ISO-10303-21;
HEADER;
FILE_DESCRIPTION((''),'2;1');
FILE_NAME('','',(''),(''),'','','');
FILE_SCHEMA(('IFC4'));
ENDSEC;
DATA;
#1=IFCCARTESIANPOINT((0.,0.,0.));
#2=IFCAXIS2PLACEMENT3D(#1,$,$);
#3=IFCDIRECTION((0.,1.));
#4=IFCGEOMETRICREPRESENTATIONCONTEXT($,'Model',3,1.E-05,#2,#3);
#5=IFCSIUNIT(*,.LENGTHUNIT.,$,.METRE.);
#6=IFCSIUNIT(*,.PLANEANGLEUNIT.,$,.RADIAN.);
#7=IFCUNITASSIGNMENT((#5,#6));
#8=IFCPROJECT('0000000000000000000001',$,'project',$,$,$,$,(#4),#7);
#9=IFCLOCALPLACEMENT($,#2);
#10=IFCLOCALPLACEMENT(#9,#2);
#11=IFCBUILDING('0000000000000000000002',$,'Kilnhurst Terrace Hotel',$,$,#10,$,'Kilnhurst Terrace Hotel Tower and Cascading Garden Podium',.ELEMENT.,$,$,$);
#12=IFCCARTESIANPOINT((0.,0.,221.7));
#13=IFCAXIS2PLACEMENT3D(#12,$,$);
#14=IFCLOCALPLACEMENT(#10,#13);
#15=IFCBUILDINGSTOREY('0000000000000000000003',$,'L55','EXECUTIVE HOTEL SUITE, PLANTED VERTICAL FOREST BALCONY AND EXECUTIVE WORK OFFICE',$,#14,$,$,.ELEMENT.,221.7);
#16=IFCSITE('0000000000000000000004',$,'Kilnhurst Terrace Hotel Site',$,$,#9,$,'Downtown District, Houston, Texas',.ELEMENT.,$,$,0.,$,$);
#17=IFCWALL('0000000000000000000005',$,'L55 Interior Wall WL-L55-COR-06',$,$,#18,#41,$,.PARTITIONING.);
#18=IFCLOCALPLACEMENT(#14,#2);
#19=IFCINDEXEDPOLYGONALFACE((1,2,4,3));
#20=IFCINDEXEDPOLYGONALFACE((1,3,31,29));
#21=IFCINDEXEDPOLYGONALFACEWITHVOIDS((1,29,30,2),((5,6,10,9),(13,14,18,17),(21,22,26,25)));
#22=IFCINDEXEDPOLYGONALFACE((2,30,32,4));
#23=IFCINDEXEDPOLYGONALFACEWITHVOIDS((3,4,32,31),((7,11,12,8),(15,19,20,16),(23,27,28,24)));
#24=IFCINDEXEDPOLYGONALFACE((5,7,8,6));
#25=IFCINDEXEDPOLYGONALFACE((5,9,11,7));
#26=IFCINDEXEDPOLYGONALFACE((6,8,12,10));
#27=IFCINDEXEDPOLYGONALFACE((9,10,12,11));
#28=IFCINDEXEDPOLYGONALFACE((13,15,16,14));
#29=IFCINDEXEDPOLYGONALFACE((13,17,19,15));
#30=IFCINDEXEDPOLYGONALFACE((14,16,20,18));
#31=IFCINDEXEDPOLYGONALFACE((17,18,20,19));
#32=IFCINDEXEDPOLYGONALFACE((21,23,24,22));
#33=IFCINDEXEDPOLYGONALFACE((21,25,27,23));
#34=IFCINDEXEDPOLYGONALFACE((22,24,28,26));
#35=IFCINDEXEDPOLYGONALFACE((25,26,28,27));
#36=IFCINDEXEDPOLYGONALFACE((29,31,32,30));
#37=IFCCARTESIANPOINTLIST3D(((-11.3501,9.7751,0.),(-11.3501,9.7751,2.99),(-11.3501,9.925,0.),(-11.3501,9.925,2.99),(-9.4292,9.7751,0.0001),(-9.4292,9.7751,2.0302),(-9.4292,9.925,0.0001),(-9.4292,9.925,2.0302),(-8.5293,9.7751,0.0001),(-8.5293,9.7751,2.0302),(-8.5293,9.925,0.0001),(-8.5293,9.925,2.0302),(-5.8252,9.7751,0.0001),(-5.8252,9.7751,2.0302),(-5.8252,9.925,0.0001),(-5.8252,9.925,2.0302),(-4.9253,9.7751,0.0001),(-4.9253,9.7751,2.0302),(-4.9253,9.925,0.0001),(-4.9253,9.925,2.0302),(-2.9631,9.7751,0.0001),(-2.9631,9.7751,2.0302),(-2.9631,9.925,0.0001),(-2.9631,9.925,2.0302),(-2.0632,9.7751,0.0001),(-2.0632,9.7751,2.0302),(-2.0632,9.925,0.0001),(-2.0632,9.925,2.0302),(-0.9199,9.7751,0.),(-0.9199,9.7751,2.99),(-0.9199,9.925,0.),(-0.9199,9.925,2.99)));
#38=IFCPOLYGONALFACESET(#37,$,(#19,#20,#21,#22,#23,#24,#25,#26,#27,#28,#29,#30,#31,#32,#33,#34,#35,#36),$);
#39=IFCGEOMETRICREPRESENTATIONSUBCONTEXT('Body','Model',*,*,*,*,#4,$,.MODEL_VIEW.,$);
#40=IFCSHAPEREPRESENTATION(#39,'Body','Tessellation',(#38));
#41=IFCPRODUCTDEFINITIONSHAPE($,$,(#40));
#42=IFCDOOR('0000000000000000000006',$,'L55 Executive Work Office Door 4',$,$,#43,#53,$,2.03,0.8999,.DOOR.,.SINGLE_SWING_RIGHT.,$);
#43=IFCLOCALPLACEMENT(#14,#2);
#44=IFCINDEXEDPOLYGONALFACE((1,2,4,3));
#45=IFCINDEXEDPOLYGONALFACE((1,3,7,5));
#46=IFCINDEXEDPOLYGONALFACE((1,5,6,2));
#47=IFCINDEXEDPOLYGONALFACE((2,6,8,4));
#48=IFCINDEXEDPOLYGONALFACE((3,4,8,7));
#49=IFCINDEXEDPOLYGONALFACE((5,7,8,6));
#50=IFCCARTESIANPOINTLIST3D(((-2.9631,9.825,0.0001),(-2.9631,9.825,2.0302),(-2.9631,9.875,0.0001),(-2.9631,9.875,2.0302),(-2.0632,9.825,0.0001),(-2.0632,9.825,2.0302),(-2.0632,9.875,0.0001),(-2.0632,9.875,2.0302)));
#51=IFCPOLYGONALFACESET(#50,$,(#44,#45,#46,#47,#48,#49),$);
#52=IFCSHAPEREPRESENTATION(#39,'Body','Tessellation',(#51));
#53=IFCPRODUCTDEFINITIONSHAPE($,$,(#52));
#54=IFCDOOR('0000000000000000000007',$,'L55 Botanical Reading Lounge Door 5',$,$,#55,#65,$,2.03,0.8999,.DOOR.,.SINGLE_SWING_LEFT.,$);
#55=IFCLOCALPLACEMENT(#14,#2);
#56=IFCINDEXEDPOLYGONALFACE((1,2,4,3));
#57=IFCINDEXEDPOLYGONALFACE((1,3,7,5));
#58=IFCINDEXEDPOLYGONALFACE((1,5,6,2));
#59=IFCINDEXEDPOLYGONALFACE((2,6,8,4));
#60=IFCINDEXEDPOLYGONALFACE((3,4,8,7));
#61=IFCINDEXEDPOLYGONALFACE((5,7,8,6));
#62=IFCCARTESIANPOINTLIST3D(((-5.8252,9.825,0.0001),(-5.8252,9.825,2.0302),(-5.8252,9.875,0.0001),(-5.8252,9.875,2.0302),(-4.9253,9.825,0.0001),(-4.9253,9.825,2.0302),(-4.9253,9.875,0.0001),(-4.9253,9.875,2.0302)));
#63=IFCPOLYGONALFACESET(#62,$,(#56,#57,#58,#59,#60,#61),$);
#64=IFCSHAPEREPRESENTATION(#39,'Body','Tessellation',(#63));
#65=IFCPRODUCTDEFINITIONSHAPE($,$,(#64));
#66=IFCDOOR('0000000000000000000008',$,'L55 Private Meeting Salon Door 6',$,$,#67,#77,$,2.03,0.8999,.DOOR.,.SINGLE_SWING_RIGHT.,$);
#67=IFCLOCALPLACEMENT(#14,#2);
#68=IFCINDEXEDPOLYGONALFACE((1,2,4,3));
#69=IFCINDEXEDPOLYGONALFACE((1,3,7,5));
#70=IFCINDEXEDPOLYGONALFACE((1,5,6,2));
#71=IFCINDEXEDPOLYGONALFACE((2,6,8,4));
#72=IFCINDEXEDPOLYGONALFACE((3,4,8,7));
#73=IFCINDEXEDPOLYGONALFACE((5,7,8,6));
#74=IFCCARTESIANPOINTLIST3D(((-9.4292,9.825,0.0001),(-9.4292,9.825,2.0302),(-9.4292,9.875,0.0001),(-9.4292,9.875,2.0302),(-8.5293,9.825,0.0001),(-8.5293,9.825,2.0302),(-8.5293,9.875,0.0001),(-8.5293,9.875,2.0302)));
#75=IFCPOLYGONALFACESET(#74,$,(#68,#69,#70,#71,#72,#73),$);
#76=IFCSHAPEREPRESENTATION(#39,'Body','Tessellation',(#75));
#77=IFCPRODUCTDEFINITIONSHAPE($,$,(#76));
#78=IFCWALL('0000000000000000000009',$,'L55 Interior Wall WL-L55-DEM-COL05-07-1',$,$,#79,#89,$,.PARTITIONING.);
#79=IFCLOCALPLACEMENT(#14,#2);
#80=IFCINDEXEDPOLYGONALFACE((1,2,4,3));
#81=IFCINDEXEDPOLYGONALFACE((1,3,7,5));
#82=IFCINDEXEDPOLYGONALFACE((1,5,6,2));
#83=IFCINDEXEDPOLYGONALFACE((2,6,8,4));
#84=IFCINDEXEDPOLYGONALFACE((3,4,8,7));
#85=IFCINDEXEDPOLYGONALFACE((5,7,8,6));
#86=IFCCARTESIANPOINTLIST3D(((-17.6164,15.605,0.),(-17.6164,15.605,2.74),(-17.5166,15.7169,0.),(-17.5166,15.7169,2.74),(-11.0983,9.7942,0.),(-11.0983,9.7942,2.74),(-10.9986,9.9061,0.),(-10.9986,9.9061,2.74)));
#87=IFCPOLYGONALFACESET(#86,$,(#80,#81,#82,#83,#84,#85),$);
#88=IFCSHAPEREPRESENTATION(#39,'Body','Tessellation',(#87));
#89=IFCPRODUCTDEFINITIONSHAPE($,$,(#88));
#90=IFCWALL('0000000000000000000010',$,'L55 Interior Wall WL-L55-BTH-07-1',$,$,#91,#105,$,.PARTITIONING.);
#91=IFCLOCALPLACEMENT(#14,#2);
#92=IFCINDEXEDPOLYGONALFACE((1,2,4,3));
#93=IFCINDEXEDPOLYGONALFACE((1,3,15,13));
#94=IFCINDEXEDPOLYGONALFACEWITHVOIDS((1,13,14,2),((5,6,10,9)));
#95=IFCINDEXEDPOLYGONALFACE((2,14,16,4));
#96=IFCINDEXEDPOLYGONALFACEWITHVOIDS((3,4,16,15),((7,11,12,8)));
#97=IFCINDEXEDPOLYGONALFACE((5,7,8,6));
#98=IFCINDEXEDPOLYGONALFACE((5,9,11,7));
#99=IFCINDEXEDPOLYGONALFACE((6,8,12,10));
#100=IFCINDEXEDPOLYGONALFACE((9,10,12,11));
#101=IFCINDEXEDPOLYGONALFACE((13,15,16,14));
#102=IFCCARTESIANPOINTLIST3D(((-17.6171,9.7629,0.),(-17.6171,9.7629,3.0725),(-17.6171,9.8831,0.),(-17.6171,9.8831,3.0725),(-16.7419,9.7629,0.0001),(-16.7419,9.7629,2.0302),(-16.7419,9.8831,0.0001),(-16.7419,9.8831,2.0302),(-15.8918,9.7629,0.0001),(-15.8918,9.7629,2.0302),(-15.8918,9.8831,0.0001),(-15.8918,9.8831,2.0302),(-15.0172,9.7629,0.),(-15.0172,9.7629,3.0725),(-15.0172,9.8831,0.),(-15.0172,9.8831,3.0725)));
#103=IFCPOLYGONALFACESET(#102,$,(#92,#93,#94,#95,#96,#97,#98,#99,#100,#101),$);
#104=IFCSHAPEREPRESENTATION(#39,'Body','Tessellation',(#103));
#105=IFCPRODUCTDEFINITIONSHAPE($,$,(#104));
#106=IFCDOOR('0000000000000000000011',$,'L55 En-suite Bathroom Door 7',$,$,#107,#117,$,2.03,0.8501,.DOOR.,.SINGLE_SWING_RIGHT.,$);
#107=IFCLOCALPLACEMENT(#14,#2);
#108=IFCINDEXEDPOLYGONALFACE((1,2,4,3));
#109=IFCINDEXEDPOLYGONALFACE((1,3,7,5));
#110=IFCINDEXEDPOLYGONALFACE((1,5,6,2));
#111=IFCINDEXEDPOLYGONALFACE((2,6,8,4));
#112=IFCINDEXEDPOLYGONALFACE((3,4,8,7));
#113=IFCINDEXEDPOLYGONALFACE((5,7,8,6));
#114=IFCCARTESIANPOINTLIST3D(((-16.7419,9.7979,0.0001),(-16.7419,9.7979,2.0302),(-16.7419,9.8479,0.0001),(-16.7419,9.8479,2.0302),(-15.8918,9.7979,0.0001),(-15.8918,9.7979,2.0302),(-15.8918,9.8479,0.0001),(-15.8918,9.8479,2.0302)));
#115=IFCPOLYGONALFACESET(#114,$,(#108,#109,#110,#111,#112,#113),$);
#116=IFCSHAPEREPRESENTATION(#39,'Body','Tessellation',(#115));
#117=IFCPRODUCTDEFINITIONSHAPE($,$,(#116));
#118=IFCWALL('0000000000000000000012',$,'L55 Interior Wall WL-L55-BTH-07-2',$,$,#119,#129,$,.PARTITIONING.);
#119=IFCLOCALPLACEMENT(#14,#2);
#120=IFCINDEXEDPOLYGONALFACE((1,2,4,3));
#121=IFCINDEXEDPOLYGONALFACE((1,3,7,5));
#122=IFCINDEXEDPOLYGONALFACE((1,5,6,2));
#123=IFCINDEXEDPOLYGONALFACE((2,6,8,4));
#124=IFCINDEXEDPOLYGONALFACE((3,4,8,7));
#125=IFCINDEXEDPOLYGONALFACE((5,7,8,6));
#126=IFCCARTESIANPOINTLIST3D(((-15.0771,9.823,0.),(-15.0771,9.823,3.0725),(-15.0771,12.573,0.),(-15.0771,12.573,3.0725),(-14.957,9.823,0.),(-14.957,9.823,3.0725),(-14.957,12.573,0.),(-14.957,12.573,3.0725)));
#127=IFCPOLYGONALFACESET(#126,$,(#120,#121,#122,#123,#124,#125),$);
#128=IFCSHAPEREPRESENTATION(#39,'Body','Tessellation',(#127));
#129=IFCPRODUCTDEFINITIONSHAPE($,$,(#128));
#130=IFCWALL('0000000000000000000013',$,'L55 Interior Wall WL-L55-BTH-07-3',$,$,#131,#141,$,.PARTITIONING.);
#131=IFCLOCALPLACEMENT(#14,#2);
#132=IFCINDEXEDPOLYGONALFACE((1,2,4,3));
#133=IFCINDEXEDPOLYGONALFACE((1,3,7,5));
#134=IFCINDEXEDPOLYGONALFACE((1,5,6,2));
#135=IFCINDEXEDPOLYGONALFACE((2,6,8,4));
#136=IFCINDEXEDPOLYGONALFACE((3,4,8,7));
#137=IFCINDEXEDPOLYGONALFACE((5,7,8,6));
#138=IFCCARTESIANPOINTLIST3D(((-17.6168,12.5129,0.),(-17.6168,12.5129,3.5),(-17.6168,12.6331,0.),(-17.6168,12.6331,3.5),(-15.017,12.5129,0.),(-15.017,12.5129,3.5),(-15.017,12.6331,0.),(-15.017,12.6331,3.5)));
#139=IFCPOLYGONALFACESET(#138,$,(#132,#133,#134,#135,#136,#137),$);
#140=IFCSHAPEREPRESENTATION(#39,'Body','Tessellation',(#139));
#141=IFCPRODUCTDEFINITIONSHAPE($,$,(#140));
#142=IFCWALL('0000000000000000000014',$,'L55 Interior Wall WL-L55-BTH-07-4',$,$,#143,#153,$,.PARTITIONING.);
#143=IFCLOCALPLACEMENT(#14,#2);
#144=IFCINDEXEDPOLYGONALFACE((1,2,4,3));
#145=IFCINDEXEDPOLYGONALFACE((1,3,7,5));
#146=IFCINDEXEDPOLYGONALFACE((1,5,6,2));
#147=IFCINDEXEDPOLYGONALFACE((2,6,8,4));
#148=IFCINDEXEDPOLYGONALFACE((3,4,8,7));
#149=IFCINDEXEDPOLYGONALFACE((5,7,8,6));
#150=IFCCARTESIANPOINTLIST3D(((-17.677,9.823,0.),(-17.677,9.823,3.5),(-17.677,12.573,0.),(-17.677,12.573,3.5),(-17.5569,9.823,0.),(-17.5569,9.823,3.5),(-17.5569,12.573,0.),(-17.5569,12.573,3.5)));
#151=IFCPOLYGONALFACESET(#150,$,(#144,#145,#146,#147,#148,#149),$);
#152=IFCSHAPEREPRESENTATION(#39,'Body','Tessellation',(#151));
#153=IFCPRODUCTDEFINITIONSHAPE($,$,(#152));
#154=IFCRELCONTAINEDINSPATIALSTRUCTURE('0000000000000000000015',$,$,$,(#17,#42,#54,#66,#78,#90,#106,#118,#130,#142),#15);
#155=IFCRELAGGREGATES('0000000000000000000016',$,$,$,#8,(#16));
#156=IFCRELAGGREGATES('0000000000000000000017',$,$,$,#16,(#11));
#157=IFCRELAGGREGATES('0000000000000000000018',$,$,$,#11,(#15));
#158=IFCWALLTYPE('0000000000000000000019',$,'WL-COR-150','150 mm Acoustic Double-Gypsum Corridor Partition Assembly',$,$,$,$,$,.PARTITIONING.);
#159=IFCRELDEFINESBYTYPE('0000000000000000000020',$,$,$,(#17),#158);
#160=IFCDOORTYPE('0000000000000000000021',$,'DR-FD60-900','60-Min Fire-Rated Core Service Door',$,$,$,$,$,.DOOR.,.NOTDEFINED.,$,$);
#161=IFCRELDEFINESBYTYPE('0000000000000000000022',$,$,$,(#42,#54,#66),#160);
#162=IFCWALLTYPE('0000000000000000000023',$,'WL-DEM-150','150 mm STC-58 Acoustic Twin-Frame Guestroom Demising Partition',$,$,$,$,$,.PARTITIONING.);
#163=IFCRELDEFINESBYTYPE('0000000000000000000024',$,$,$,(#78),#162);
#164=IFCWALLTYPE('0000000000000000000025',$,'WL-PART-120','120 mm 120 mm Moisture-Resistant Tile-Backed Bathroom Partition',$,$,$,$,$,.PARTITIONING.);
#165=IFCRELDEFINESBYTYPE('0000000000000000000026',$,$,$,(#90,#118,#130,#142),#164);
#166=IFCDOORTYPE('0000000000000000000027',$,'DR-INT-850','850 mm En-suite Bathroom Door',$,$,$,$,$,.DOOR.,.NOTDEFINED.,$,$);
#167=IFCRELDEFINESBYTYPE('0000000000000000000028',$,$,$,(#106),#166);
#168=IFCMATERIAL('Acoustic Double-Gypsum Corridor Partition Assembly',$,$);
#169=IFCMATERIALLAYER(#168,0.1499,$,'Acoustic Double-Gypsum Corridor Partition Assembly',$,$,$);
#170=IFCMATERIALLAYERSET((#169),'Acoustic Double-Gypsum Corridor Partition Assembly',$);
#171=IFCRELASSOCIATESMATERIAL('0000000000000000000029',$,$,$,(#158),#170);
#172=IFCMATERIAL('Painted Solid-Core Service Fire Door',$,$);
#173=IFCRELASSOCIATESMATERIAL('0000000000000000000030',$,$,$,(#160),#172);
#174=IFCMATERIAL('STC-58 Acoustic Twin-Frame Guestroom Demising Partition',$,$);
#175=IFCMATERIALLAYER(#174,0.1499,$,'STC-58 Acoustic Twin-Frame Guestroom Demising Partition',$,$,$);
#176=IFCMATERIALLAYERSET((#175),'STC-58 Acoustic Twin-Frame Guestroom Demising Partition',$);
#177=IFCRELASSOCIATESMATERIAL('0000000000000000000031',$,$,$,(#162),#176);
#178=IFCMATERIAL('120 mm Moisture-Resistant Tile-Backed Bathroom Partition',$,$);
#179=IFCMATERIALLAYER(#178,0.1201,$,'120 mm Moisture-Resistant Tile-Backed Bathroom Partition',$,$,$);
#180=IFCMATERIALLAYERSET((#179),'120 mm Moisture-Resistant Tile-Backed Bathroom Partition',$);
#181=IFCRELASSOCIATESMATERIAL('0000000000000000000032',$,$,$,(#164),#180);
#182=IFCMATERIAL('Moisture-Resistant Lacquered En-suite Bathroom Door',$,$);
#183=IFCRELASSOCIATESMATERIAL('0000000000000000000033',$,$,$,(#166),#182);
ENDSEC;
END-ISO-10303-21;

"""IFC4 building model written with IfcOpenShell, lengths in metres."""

from ifc_helpers import new_model, si_unit, direction, frame, frame_2d, origin, place, context, subcontext, project, spatial, rectangle, extrude, material, layer, layer_set, type_object, element, fill, save


model = new_model("IFC4")

# Units and contexts
model_context = context("Model", 3, precision=1e-05, world=origin(), true_north=direction((0.0, 1.0)))
body_context = subcontext(model_context, "Body", "Model", "MODEL_VIEW")
ifc_project = project(units=[si_unit("LENGTHUNIT", "METRE"), si_unit("PLANEANGLEUNIT", "RADIAN")], contexts=[model_context])

# Site, building, storey
site_placement = place(None, origin())
site = spatial("IfcSite", under=ifc_project, at=site_placement, Name="Kilnhurst Terrace Hotel Site", LongName="Downtown District, Houston, Texas", CompositionType="ELEMENT", RefElevation=0.0)
building_placement = place(site_placement, origin())
building = spatial("IfcBuilding", under=site, at=building_placement, Name="Kilnhurst Terrace Hotel", LongName="Kilnhurst Terrace Hotel Tower and Cascading Garden Podium", CompositionType="ELEMENT")
storey_placement = place(building_placement, frame((0.0, 0.0, 221.7)))
storey = spatial("IfcBuildingStorey", under=building, at=storey_placement, Name="L55", Description="EXECUTIVE HOTEL SUITE, PLANTED VERTICAL FOREST BALCONY AND EXECUTIVE WORK OFFICE", CompositionType="ELEMENT", Elevation=221.7)

# Wall, openings, doors
ifc_material_1 = material(Name="Acoustic Double-Gypsum Corridor Partition Assembly")
ifc_layer_1 = layer(ifc_material_1, 0.1499, Name="Acoustic Double-Gypsum Corridor Partition Assembly")
ifc_layer_set_1 = layer_set([ifc_layer_1], Name="Acoustic Double-Gypsum Corridor Partition Assembly")
wall_type_1 = type_object("IfcWallType", Name="WL-COR-150", Description="150 mm Acoustic Double-Gypsum Corridor Partition Assembly", PredefinedType="PARTITIONING", material=ifc_layer_set_1)
wall_1_placement = place(storey_placement, frame((-11.3501, 9.8501, 0.0), z_axis=(0.0, 0.0, 1.0), x_axis=(1.0, 0.0, 0.0)))
wall_1 = element("IfcWall", 1, at=wall_1_placement, inside=storey, type_object=wall_type_1, Name="L55 Interior Wall WL-L55-COR-06", PredefinedType="PARTITIONING", context=body_context, shape_type="SweptSolid", body=[
    extrude(rectangle(XDim=10.4302, YDim=0.1499, at=frame_2d((5.2151, 0.0))), origin(), (0.0, 0.0, 1.0), 2.99),
])
opening_1_placement = place(wall_1_placement, frame((8.387, 0.0, 0.0)))
opening_1 = element("IfcOpeningElement", 2, at=opening_1_placement, cuts=wall_1, PredefinedType="OPENING", context=body_context, shape_type="SweptSolid", body=[
    extrude(rectangle(XDim=0.8999, YDim=2.03, at=frame_2d((0.45, 1.0151))), frame((0.0, 0.085, 0.0), z_axis=(0.0, -1.0, 0.0), x_axis=(1.0, 0.0, 0.0)), (0.0, 0.0, 1.0), 0.1699),
])
opening_2_placement = place(wall_1_placement, frame((5.5249, 0.0, 0.0)))
opening_2 = element("IfcOpeningElement", 3, at=opening_2_placement, cuts=wall_1, PredefinedType="OPENING", context=body_context, shape_type="SweptSolid", body=[
    extrude(rectangle(XDim=0.8999, YDim=2.03, at=frame_2d((0.45, 1.0151))), frame((0.0, 0.085, 0.0), z_axis=(0.0, -1.0, 0.0), x_axis=(1.0, 0.0, 0.0)), (0.0, 0.0, 1.0), 0.1699),
])
opening_3_placement = place(wall_1_placement, frame((1.9209, 0.0, 0.0)))
opening_3 = element("IfcOpeningElement", 4, at=opening_3_placement, cuts=wall_1, PredefinedType="OPENING", context=body_context, shape_type="SweptSolid", body=[
    extrude(rectangle(XDim=0.8999, YDim=2.03, at=frame_2d((0.45, 1.0151))), frame((0.0, 0.085, 0.0), z_axis=(0.0, -1.0, 0.0), x_axis=(1.0, 0.0, 0.0)), (0.0, 0.0, 1.0), 0.1699),
])
ifc_material_2 = material(Name="Painted Solid-Core Service Fire Door")
door_type_1 = type_object("IfcDoorType", Name="DR-FD60-900", Description="60-Min Fire-Rated Core Service Door", OperationType="NOTDEFINED", PredefinedType="DOOR", material=ifc_material_2)
door_1_placement = place(opening_1_placement, origin())
door_1 = element("IfcDoor", 5, at=door_1_placement, inside=storey, type_object=door_type_1, Name="L55 Executive Work Office Door 4", OperationType="SINGLE_SWING_RIGHT", OverallHeight=2.03, OverallWidth=0.8999, PredefinedType="DOOR", context=body_context, shape_type="SweptSolid", body=[
    extrude(rectangle(XDim=0.8999, YDim=2.03, at=frame_2d((0.45, 1.0151))), frame((0.0, 0.0249, 0.0), z_axis=(0.0, -1.0, 0.0), x_axis=(1.0, 0.0, 0.0)), (0.0, 0.0, 1.0), 0.05),
])
fill(opening_1, door_1)
door_2_placement = place(opening_2_placement, origin())
door_2 = element("IfcDoor", 6, at=door_2_placement, inside=storey, type_object=door_type_1, Name="L55 Botanical Reading Lounge Door 5", OperationType="SINGLE_SWING_LEFT", OverallHeight=2.03, OverallWidth=0.8999, PredefinedType="DOOR", context=body_context, shape_type="SweptSolid", body=[
    extrude(rectangle(XDim=0.8999, YDim=2.03, at=frame_2d((0.45, 1.0151))), frame((0.0, 0.0249, 0.0), z_axis=(0.0, -1.0, 0.0), x_axis=(1.0, 0.0, 0.0)), (0.0, 0.0, 1.0), 0.05),
])
fill(opening_2, door_2)
door_3_placement = place(opening_3_placement, origin())
door_3 = element("IfcDoor", 7, at=door_3_placement, inside=storey, type_object=door_type_1, Name="L55 Private Meeting Salon Door 6", OperationType="SINGLE_SWING_RIGHT", OverallHeight=2.03, OverallWidth=0.8999, PredefinedType="DOOR", context=body_context, shape_type="SweptSolid", body=[
    extrude(rectangle(XDim=0.8999, YDim=2.03, at=frame_2d((0.45, 1.0151))), frame((0.0, 0.0249, 0.0), z_axis=(0.0, -1.0, 0.0), x_axis=(1.0, 0.0, 0.0)), (0.0, 0.0, 1.0), 0.05),
])
fill(opening_3, door_3)

# Wall
ifc_material_3 = material(Name="STC-58 Acoustic Twin-Frame Guestroom Demising Partition")
ifc_layer_2 = layer(ifc_material_3, 0.1499, Name="STC-58 Acoustic Twin-Frame Guestroom Demising Partition")
ifc_layer_set_2 = layer_set([ifc_layer_2], Name="STC-58 Acoustic Twin-Frame Guestroom Demising Partition")
wall_type_2 = type_object("IfcWallType", Name="WL-DEM-150", Description="150 mm STC-58 Acoustic Twin-Frame Guestroom Demising Partition", PredefinedType="PARTITIONING", material=ifc_layer_set_2)
wall_2_placement = place(storey_placement, frame((-11.0483, 9.8501, 0.0), z_axis=(0.0, 0.0, 1.0), x_axis=(-0.746444, 0.665448, 0.0)))
element("IfcWall", 8, at=wall_2_placement, inside=storey, type_object=wall_type_2, Name="L55 Interior Wall WL-L55-DEM-COL05-07-1", PredefinedType="PARTITIONING", context=body_context, shape_type="SweptSolid", body=[
    extrude(rectangle(XDim=8.7322, YDim=0.1499, at=frame_2d((4.3662, 0.0))), origin(), (0.0, 0.0, 1.0), 2.74),
])

# Wall, opening, door
ifc_material_4 = material(Name="120 mm Moisture-Resistant Tile-Backed Bathroom Partition")
ifc_layer_3 = layer(ifc_material_4, 0.1201, Name="120 mm Moisture-Resistant Tile-Backed Bathroom Partition")
ifc_layer_set_3 = layer_set([ifc_layer_3], Name="120 mm Moisture-Resistant Tile-Backed Bathroom Partition")
wall_type_3 = type_object("IfcWallType", Name="WL-PART-120", Description="120 mm 120 mm Moisture-Resistant Tile-Backed Bathroom Partition", PredefinedType="PARTITIONING", material=ifc_layer_set_3)
wall_3_placement = place(storey_placement, frame((-17.6169, 9.823, 0.0), z_axis=(0.0, 0.0, 1.0), x_axis=(1.0, 0.0, 0.0)))
wall_3 = element("IfcWall", 9, at=wall_3_placement, inside=storey, type_object=wall_type_3, Name="L55 Interior Wall WL-L55-BTH-07-1", PredefinedType="PARTITIONING", context=body_context, shape_type="SweptSolid", body=[
    extrude(rectangle(XDim=2.5999, YDim=0.1201, at=frame_2d((1.2998, 0.0))), origin(), (0.0, 0.0, 1.0), 3.0725),
])
opening_4_placement = place(wall_3_placement, frame((0.875, 0.0, 0.0)))
opening_4 = element("IfcOpeningElement", 10, at=opening_4_placement, cuts=wall_3, PredefinedType="OPENING", context=body_context, shape_type="SweptSolid", body=[
    extrude(rectangle(XDim=0.8501, YDim=2.03, at=frame_2d((0.425, 1.0151))), frame((0.0, 0.0701, 0.0), z_axis=(0.0, -1.0, 0.0), x_axis=(1.0, 0.0, 0.0)), (0.0, 0.0, 1.0), 0.1401),
])
ifc_material_5 = material(Name="Moisture-Resistant Lacquered En-suite Bathroom Door")
door_type_2 = type_object("IfcDoorType", Name="DR-INT-850", Description="850 mm En-suite Bathroom Door", OperationType="NOTDEFINED", PredefinedType="DOOR", material=ifc_material_5)
door_4_placement = place(opening_4_placement, origin())
door_4 = element("IfcDoor", 11, at=door_4_placement, inside=storey, type_object=door_type_2, Name="L55 En-suite Bathroom Door 7", OperationType="SINGLE_SWING_RIGHT", OverallHeight=2.03, OverallWidth=0.8501, PredefinedType="DOOR", context=body_context, shape_type="SweptSolid", body=[
    extrude(rectangle(XDim=0.8501, YDim=2.03, at=frame_2d((0.425, 1.0151))), frame((0.0, 0.0249, 0.0), z_axis=(0.0, -1.0, 0.0), x_axis=(1.0, 0.0, 0.0)), (0.0, 0.0, 1.0), 0.05),
])
fill(opening_4, door_4)

# Walls
wall_4_placement = place(storey_placement, frame((-15.0171, 9.823, 0.0), z_axis=(0.0, 0.0, 1.0), x_axis=(0.0, 1.0, 0.0)))
element("IfcWall", 12, at=wall_4_placement, inside=storey, type_object=wall_type_3, Name="L55 Interior Wall WL-L55-BTH-07-2", PredefinedType="PARTITIONING", context=body_context, shape_type="SweptSolid", body=[
    extrude(rectangle(XDim=2.75, YDim=0.1201, at=frame_2d((1.375, 0.0))), origin(), (0.0, 0.0, 1.0), 3.0725),
])
wall_5_placement = place(storey_placement, frame((-15.0171, 12.573, 0.0), z_axis=(0.0, 0.0, 1.0), x_axis=(-1.0, 0.0, 0.0)))
element("IfcWall", 13, at=wall_5_placement, inside=storey, type_object=wall_type_3, Name="L55 Interior Wall WL-L55-BTH-07-3", PredefinedType="PARTITIONING", context=body_context, shape_type="SweptSolid", body=[
    extrude(rectangle(XDim=2.5999, YDim=0.1201, at=frame_2d((1.2998, 0.0))), origin(), (0.0, 0.0, 1.0), 3.5),
])
wall_6_placement = place(storey_placement, frame((-17.6169, 12.573, 0.0), z_axis=(0.0, 0.0, 1.0), x_axis=(0.0, -1.0, 0.0)))
element("IfcWall", 14, at=wall_6_placement, inside=storey, type_object=wall_type_3, Name="L55 Interior Wall WL-L55-BTH-07-4", PredefinedType="PARTITIONING", context=body_context, shape_type="SweptSolid", body=[
    extrude(rectangle(XDim=2.75, YDim=0.1201, at=frame_2d((1.375, 0.0))), origin(), (0.0, 0.0, 1.0), 3.5),
])

save(model, "model.ifc")
